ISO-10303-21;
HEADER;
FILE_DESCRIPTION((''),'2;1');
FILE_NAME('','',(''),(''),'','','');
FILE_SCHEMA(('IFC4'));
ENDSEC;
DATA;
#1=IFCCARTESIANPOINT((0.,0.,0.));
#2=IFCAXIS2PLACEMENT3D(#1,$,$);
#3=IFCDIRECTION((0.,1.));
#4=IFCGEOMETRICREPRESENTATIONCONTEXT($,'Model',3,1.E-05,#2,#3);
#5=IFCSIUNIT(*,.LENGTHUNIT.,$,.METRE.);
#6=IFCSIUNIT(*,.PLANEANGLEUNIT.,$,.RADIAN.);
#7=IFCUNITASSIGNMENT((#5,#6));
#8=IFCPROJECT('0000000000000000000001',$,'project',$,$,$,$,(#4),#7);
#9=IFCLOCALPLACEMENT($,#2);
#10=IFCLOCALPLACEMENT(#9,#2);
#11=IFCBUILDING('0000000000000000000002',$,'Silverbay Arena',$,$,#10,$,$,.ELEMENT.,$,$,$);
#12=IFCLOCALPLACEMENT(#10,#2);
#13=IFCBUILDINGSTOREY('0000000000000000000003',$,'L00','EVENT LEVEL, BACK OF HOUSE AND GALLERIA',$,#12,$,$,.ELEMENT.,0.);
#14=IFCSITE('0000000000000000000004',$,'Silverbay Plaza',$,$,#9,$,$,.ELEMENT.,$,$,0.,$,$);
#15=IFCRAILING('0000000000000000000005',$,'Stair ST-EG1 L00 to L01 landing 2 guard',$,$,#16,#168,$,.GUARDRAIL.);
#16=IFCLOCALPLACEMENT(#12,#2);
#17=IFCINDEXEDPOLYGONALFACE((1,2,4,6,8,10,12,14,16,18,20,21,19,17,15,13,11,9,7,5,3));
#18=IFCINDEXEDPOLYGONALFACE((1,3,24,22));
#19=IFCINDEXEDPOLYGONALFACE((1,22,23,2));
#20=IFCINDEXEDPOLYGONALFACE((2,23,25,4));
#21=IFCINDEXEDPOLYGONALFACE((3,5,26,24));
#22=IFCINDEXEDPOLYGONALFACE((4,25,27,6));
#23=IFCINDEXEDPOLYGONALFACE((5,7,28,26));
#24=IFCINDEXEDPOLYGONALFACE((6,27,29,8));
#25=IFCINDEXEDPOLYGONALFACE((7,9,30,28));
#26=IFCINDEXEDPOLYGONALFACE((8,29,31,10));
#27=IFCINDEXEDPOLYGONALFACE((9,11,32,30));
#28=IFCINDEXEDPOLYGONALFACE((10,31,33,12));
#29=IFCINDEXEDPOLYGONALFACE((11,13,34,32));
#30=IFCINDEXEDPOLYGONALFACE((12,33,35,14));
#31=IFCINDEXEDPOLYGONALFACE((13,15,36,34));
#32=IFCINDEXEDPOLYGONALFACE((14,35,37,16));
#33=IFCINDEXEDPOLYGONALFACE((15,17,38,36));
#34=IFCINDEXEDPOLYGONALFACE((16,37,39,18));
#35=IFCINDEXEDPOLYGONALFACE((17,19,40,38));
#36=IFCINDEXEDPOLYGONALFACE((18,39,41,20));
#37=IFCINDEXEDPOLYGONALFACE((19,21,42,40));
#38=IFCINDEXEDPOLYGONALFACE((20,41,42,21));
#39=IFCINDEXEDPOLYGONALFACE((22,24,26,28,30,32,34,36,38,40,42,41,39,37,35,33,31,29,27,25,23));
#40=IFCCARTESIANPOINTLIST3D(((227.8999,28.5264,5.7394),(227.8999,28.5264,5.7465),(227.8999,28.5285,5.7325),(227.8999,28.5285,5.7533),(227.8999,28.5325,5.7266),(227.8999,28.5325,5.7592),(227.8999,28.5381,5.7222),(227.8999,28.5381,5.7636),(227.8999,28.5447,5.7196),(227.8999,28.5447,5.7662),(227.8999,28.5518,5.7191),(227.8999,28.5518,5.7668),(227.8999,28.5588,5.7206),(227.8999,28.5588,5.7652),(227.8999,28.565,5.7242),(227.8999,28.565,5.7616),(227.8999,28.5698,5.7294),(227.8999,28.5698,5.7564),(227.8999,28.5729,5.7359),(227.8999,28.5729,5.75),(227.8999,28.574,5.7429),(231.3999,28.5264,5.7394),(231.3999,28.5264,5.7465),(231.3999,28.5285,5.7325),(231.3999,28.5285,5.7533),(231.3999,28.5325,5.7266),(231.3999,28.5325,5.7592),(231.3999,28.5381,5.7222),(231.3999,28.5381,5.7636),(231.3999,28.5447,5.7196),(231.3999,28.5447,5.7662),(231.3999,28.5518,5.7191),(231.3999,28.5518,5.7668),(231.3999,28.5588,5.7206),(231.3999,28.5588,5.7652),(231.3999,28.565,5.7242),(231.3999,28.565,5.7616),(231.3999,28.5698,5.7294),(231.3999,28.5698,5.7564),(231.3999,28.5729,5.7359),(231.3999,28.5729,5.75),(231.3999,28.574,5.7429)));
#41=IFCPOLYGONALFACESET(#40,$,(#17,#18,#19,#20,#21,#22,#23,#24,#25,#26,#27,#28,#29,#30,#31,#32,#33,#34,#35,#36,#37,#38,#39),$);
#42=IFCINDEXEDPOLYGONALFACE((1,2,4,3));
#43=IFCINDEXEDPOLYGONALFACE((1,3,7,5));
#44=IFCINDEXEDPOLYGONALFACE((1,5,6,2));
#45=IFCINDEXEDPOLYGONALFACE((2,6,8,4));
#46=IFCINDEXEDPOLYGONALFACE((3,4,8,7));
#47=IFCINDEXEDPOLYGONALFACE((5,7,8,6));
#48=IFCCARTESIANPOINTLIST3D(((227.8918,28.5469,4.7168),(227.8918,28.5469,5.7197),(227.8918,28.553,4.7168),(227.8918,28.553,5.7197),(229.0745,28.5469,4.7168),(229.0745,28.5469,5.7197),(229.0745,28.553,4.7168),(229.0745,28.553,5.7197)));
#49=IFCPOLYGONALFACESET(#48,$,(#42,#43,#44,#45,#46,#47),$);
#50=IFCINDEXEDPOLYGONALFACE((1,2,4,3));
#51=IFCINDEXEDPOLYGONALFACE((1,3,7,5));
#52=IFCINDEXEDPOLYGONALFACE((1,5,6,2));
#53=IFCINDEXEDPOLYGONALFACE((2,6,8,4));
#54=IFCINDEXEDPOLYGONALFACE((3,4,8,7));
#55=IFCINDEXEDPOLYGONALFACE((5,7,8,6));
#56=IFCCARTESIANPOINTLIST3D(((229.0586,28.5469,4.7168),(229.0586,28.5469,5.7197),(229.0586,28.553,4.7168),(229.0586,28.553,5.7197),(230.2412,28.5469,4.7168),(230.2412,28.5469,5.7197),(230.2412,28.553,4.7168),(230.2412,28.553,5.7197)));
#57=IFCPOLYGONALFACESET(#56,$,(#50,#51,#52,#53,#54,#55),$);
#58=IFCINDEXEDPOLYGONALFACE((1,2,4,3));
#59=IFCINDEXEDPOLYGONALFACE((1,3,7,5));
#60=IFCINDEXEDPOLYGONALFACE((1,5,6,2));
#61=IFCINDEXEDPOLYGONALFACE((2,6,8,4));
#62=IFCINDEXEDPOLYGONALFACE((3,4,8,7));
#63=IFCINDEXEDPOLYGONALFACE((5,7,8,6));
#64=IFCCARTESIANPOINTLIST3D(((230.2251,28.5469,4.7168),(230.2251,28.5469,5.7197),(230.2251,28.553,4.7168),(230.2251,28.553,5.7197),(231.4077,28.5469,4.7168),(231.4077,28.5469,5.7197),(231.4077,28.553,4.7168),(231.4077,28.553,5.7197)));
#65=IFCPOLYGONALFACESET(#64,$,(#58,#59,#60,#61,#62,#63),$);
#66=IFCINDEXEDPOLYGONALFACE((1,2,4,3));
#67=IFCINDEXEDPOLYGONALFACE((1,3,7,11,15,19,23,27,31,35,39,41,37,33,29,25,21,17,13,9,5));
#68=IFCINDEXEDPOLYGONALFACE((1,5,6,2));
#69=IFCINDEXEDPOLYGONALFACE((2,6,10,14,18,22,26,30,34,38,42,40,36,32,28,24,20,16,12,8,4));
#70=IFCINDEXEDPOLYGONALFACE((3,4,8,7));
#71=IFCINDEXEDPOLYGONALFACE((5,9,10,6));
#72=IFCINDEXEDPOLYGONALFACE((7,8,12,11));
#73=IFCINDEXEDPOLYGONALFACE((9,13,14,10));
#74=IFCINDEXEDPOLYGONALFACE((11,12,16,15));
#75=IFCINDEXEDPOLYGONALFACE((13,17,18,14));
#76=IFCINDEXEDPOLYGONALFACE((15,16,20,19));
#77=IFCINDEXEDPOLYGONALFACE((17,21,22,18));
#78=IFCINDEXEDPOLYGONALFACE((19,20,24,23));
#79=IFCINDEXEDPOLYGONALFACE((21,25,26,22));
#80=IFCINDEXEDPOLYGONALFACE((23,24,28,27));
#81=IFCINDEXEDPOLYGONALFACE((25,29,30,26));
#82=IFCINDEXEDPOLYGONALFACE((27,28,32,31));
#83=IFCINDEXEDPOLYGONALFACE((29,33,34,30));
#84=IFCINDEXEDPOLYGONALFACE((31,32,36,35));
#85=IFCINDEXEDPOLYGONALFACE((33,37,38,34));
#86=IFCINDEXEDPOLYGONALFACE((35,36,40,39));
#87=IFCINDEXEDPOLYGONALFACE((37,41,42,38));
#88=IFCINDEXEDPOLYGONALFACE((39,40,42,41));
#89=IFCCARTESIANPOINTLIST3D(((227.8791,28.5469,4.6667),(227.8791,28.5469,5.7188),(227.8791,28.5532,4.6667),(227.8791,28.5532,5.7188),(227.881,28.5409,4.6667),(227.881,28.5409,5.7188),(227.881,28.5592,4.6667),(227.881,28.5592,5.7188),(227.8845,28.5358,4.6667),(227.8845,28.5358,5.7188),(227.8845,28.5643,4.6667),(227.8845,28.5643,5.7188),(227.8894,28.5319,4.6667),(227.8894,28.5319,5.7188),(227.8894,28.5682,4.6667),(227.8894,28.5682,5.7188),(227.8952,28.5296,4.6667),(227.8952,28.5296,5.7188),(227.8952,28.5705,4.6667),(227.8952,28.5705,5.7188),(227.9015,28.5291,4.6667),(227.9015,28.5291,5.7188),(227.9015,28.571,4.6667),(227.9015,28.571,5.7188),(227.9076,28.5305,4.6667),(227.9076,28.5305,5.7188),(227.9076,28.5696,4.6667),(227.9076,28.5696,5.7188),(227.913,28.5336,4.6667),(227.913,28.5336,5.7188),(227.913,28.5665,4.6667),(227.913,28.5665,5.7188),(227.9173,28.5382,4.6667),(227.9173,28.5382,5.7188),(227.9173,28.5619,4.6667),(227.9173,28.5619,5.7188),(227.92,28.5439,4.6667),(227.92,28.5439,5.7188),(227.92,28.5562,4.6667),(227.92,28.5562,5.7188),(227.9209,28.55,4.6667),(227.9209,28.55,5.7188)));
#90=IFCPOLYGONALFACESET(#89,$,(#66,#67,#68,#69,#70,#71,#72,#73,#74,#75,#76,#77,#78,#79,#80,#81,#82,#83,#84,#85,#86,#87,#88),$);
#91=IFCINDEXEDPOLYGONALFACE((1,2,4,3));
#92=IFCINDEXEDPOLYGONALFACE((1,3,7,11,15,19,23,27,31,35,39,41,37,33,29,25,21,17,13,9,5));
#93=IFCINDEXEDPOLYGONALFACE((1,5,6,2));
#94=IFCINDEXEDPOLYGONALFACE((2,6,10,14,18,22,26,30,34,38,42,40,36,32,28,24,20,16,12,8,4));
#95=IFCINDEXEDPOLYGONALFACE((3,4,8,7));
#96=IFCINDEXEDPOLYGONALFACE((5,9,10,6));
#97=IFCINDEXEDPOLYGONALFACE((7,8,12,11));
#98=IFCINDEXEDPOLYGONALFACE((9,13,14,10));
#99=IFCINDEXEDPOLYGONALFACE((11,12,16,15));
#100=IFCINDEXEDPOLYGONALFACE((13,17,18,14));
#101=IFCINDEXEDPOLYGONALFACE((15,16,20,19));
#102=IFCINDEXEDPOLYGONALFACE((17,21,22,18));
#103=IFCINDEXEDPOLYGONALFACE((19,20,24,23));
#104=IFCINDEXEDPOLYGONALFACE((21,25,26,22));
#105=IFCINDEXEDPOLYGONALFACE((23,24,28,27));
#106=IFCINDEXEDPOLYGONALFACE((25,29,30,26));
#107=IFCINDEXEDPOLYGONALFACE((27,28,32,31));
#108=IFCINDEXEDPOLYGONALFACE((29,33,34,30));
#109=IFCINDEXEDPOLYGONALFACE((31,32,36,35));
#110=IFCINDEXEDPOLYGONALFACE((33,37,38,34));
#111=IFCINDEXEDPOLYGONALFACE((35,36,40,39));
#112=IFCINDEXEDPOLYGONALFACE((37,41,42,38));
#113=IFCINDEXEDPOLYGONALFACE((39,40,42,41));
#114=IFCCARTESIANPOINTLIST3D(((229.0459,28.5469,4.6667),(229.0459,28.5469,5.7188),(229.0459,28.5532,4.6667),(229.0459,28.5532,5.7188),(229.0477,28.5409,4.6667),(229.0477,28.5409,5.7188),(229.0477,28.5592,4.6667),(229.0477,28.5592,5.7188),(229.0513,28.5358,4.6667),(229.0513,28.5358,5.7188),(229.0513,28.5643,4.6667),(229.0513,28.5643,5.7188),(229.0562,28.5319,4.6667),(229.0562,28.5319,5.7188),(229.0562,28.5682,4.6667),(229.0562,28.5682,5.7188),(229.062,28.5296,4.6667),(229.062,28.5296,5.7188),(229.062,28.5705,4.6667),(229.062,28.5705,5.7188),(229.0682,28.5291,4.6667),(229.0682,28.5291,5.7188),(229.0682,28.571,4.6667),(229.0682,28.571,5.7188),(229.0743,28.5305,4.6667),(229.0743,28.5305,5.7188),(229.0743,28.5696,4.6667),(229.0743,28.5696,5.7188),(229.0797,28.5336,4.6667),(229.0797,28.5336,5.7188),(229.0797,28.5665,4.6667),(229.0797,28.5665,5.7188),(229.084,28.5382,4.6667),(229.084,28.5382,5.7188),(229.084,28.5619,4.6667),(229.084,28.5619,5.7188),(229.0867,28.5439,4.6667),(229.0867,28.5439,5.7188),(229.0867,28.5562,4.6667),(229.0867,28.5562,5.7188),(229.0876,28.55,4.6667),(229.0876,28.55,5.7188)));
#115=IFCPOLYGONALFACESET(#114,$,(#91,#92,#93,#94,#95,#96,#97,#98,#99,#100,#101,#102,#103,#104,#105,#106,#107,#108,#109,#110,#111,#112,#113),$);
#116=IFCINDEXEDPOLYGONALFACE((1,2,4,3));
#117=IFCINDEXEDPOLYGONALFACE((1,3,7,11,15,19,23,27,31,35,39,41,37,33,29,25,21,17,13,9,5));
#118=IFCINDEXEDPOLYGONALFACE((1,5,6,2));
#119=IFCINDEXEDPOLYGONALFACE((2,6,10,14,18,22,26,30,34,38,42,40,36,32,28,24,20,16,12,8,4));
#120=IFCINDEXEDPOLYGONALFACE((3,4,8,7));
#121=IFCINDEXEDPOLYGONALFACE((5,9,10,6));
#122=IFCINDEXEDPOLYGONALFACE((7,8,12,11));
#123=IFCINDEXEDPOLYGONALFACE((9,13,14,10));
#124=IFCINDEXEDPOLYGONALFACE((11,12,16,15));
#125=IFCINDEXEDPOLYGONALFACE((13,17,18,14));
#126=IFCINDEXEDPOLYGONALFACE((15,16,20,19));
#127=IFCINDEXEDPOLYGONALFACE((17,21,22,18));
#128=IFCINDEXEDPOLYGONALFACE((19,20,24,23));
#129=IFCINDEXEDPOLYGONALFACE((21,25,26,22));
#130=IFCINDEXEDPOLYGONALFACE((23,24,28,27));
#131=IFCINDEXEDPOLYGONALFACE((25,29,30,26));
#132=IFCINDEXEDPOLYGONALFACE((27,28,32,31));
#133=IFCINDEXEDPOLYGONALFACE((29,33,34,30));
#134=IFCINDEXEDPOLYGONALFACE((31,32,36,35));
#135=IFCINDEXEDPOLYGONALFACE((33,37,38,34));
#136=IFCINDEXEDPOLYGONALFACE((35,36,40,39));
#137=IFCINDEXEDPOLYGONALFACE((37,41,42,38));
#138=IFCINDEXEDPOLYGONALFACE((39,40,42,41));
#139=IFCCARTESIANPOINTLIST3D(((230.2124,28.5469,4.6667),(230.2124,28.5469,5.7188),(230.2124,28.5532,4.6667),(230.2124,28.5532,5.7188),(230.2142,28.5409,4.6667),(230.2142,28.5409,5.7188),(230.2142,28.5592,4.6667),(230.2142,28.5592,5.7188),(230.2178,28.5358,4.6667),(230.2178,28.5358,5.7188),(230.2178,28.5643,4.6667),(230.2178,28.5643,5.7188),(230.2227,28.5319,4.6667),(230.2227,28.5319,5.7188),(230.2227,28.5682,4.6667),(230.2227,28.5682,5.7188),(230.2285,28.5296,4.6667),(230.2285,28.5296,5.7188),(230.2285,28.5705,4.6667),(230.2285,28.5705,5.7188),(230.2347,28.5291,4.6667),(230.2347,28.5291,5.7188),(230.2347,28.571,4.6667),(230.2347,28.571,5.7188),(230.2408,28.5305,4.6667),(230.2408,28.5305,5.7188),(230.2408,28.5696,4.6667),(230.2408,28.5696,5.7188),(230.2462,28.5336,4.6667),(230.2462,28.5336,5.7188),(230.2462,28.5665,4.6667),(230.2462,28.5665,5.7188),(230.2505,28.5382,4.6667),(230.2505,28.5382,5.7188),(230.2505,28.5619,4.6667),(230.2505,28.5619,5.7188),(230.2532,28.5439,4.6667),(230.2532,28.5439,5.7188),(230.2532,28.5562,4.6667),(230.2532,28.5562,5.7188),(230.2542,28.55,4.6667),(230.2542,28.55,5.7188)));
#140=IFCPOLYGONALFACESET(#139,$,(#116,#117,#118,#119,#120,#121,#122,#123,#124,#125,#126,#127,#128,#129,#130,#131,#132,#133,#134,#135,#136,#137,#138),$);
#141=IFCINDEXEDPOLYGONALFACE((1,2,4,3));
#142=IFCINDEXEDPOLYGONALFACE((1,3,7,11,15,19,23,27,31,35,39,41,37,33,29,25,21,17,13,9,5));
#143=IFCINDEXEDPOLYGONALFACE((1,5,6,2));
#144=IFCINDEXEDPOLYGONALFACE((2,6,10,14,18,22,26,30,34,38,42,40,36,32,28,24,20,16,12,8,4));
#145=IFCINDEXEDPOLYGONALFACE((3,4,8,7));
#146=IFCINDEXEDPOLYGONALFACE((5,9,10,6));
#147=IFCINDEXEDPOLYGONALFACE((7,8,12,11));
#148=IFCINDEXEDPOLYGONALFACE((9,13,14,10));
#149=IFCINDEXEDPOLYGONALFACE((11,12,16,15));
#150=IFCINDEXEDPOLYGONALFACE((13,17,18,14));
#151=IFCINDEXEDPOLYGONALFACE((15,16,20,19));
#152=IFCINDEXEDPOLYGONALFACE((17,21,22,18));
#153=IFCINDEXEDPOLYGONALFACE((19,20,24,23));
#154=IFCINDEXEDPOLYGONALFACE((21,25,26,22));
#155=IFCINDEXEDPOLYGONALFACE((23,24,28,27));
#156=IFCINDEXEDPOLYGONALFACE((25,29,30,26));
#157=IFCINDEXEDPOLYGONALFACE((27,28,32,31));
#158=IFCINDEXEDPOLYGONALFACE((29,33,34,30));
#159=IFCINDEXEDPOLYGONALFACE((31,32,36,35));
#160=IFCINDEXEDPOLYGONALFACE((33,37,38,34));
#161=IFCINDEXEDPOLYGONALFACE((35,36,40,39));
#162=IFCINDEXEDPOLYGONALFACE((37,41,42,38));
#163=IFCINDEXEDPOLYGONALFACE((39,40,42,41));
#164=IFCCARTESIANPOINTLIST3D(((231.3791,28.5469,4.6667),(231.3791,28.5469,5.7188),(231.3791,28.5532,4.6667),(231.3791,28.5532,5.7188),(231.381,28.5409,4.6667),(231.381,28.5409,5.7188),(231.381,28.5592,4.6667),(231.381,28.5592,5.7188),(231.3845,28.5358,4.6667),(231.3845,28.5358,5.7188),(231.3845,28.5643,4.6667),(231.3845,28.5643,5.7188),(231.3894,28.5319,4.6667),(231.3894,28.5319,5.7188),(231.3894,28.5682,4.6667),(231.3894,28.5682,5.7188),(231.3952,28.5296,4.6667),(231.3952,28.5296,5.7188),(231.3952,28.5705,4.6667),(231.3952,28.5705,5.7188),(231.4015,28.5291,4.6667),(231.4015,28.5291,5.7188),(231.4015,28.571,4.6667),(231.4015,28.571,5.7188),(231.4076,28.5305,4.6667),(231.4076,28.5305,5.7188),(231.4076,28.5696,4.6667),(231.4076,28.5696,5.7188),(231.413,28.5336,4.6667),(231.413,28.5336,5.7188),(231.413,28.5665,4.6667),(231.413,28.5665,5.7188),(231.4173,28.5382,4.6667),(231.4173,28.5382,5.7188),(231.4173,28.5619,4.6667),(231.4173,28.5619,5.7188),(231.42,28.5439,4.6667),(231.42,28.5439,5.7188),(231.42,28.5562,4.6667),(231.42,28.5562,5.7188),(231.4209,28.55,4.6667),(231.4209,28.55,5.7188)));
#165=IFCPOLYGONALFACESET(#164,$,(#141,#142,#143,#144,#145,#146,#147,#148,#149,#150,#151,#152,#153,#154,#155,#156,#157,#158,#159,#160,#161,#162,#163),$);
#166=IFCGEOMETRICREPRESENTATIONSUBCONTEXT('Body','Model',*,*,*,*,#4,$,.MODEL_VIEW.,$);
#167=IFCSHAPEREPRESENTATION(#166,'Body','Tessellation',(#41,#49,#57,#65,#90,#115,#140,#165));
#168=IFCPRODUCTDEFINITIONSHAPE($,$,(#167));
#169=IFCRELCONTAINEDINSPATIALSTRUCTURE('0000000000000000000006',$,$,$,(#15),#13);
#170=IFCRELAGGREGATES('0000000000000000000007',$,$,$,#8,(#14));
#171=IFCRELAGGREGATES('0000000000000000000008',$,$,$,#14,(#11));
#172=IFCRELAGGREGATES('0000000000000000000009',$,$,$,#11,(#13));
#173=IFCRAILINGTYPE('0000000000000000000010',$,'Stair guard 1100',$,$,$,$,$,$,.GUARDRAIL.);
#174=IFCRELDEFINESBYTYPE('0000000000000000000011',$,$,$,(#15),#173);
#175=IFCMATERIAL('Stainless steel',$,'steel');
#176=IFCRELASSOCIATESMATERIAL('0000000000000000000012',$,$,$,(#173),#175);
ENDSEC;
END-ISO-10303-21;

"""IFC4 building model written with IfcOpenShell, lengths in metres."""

from ifc_helpers import new_model, si_unit, direction, frame, origin, origin_2d, place, context, subcontext, project, spatial, polyline, circle, outline, extrude, material, type_object, element, save


model = new_model("IFC4")

# Units and contexts
model_context = context("Model", 3, precision=1e-05, world=origin(), true_north=direction((0.0, 1.0)))
body_context = subcontext(model_context, "Body", "Model", "MODEL_VIEW")
ifc_project = project(units=[si_unit("LENGTHUNIT", "METRE"), si_unit("PLANEANGLEUNIT", "RADIAN")], contexts=[model_context])

# Site, building, storey
site_placement = place(None, origin())
site = spatial("IfcSite", under=ifc_project, at=site_placement, Name="Silverbay Plaza", CompositionType="ELEMENT", RefElevation=0.0)
building_placement = place(site_placement, origin())
building = spatial("IfcBuilding", under=site, at=building_placement, Name="Silverbay Arena", CompositionType="ELEMENT")
storey_placement = place(building_placement, origin())
storey = spatial("IfcBuildingStorey", under=building, at=storey_placement, Name="L00", Description="EVENT LEVEL, BACK OF HOUSE AND GALLERIA", CompositionType="ELEMENT", Elevation=0.0)

# Railing
ifc_material_1 = material(Name="Stainless steel", Category="steel")
railing_type_1 = type_object("IfcRailingType", Name="Stair guard 1100", PredefinedType="GUARDRAIL", material=ifc_material_1)
for number, where, name in (
    (1, (227.8999, 28.55, 4.6667), "Stair ST-EG1 L00 to L01 landing 2 guard"),
):
    element("IfcRailing", number, at=place(storey_placement, frame(where)), inside=storey, type_object=railing_type_1, Name=name, PredefinedType="GUARDRAIL", context=body_context, shape_type="SweptSolid", body=[
        extrude(circle(Radius=0.0239, at=origin_2d()), frame((0.0, 0.0, 1.0762), z_axis=(1.0, 0.0, 0.0), x_axis=(0.0, 1.0, 0.0)), (0.0, 0.0, 1.0), 3.5),
        extrude(outline(polyline([(-0.0081, 0.05), (1.1746, 0.05), (1.1746, 1.053), (-0.0081, 1.053), (-0.0081, 0.05)])), frame((0.0, 0.0029, 0.0), z_axis=(0.0, -1.0, 0.0), x_axis=(1.0, 0.0, 0.0)), (0.0, 0.0, 1.0), 0.0061),
        extrude(outline(polyline([(-0.0081, 0.05), (1.1746, 0.05), (1.1746, 1.053), (-0.0081, 1.053), (-0.0081, 0.05)])), frame((1.1667, 0.0029, 0.0), z_axis=(0.0, -1.0, 0.0), x_axis=(1.0, 0.0, 0.0)), (0.0, 0.0, 1.0), 0.0061),
        extrude(outline(polyline([(-0.0081, 0.05), (1.1746, 0.05), (1.1746, 1.053), (-0.0081, 1.053), (-0.0081, 0.05)])), frame((2.3333, 0.0029, 0.0), z_axis=(0.0, -1.0, 0.0), x_axis=(1.0, 0.0, 0.0)), (0.0, 0.0, 1.0), 0.0061),
        extrude(circle(Radius=0.021, at=origin_2d()), origin(), (0.0, 0.0, 1.0), 1.052),
        extrude(circle(Radius=0.021, at=origin_2d()), frame((1.1667, 0.0, 0.0)), (0.0, 0.0, 1.0), 1.052),
        extrude(circle(Radius=0.021, at=origin_2d()), frame((2.3333, 0.0, 0.0)), (0.0, 0.0, 1.0), 1.052),
        extrude(circle(Radius=0.021, at=origin_2d()), frame((3.5, 0.0, 0.0)), (0.0, 0.0, 1.0), 1.052),
    ])

save(model, "model.ifc")
